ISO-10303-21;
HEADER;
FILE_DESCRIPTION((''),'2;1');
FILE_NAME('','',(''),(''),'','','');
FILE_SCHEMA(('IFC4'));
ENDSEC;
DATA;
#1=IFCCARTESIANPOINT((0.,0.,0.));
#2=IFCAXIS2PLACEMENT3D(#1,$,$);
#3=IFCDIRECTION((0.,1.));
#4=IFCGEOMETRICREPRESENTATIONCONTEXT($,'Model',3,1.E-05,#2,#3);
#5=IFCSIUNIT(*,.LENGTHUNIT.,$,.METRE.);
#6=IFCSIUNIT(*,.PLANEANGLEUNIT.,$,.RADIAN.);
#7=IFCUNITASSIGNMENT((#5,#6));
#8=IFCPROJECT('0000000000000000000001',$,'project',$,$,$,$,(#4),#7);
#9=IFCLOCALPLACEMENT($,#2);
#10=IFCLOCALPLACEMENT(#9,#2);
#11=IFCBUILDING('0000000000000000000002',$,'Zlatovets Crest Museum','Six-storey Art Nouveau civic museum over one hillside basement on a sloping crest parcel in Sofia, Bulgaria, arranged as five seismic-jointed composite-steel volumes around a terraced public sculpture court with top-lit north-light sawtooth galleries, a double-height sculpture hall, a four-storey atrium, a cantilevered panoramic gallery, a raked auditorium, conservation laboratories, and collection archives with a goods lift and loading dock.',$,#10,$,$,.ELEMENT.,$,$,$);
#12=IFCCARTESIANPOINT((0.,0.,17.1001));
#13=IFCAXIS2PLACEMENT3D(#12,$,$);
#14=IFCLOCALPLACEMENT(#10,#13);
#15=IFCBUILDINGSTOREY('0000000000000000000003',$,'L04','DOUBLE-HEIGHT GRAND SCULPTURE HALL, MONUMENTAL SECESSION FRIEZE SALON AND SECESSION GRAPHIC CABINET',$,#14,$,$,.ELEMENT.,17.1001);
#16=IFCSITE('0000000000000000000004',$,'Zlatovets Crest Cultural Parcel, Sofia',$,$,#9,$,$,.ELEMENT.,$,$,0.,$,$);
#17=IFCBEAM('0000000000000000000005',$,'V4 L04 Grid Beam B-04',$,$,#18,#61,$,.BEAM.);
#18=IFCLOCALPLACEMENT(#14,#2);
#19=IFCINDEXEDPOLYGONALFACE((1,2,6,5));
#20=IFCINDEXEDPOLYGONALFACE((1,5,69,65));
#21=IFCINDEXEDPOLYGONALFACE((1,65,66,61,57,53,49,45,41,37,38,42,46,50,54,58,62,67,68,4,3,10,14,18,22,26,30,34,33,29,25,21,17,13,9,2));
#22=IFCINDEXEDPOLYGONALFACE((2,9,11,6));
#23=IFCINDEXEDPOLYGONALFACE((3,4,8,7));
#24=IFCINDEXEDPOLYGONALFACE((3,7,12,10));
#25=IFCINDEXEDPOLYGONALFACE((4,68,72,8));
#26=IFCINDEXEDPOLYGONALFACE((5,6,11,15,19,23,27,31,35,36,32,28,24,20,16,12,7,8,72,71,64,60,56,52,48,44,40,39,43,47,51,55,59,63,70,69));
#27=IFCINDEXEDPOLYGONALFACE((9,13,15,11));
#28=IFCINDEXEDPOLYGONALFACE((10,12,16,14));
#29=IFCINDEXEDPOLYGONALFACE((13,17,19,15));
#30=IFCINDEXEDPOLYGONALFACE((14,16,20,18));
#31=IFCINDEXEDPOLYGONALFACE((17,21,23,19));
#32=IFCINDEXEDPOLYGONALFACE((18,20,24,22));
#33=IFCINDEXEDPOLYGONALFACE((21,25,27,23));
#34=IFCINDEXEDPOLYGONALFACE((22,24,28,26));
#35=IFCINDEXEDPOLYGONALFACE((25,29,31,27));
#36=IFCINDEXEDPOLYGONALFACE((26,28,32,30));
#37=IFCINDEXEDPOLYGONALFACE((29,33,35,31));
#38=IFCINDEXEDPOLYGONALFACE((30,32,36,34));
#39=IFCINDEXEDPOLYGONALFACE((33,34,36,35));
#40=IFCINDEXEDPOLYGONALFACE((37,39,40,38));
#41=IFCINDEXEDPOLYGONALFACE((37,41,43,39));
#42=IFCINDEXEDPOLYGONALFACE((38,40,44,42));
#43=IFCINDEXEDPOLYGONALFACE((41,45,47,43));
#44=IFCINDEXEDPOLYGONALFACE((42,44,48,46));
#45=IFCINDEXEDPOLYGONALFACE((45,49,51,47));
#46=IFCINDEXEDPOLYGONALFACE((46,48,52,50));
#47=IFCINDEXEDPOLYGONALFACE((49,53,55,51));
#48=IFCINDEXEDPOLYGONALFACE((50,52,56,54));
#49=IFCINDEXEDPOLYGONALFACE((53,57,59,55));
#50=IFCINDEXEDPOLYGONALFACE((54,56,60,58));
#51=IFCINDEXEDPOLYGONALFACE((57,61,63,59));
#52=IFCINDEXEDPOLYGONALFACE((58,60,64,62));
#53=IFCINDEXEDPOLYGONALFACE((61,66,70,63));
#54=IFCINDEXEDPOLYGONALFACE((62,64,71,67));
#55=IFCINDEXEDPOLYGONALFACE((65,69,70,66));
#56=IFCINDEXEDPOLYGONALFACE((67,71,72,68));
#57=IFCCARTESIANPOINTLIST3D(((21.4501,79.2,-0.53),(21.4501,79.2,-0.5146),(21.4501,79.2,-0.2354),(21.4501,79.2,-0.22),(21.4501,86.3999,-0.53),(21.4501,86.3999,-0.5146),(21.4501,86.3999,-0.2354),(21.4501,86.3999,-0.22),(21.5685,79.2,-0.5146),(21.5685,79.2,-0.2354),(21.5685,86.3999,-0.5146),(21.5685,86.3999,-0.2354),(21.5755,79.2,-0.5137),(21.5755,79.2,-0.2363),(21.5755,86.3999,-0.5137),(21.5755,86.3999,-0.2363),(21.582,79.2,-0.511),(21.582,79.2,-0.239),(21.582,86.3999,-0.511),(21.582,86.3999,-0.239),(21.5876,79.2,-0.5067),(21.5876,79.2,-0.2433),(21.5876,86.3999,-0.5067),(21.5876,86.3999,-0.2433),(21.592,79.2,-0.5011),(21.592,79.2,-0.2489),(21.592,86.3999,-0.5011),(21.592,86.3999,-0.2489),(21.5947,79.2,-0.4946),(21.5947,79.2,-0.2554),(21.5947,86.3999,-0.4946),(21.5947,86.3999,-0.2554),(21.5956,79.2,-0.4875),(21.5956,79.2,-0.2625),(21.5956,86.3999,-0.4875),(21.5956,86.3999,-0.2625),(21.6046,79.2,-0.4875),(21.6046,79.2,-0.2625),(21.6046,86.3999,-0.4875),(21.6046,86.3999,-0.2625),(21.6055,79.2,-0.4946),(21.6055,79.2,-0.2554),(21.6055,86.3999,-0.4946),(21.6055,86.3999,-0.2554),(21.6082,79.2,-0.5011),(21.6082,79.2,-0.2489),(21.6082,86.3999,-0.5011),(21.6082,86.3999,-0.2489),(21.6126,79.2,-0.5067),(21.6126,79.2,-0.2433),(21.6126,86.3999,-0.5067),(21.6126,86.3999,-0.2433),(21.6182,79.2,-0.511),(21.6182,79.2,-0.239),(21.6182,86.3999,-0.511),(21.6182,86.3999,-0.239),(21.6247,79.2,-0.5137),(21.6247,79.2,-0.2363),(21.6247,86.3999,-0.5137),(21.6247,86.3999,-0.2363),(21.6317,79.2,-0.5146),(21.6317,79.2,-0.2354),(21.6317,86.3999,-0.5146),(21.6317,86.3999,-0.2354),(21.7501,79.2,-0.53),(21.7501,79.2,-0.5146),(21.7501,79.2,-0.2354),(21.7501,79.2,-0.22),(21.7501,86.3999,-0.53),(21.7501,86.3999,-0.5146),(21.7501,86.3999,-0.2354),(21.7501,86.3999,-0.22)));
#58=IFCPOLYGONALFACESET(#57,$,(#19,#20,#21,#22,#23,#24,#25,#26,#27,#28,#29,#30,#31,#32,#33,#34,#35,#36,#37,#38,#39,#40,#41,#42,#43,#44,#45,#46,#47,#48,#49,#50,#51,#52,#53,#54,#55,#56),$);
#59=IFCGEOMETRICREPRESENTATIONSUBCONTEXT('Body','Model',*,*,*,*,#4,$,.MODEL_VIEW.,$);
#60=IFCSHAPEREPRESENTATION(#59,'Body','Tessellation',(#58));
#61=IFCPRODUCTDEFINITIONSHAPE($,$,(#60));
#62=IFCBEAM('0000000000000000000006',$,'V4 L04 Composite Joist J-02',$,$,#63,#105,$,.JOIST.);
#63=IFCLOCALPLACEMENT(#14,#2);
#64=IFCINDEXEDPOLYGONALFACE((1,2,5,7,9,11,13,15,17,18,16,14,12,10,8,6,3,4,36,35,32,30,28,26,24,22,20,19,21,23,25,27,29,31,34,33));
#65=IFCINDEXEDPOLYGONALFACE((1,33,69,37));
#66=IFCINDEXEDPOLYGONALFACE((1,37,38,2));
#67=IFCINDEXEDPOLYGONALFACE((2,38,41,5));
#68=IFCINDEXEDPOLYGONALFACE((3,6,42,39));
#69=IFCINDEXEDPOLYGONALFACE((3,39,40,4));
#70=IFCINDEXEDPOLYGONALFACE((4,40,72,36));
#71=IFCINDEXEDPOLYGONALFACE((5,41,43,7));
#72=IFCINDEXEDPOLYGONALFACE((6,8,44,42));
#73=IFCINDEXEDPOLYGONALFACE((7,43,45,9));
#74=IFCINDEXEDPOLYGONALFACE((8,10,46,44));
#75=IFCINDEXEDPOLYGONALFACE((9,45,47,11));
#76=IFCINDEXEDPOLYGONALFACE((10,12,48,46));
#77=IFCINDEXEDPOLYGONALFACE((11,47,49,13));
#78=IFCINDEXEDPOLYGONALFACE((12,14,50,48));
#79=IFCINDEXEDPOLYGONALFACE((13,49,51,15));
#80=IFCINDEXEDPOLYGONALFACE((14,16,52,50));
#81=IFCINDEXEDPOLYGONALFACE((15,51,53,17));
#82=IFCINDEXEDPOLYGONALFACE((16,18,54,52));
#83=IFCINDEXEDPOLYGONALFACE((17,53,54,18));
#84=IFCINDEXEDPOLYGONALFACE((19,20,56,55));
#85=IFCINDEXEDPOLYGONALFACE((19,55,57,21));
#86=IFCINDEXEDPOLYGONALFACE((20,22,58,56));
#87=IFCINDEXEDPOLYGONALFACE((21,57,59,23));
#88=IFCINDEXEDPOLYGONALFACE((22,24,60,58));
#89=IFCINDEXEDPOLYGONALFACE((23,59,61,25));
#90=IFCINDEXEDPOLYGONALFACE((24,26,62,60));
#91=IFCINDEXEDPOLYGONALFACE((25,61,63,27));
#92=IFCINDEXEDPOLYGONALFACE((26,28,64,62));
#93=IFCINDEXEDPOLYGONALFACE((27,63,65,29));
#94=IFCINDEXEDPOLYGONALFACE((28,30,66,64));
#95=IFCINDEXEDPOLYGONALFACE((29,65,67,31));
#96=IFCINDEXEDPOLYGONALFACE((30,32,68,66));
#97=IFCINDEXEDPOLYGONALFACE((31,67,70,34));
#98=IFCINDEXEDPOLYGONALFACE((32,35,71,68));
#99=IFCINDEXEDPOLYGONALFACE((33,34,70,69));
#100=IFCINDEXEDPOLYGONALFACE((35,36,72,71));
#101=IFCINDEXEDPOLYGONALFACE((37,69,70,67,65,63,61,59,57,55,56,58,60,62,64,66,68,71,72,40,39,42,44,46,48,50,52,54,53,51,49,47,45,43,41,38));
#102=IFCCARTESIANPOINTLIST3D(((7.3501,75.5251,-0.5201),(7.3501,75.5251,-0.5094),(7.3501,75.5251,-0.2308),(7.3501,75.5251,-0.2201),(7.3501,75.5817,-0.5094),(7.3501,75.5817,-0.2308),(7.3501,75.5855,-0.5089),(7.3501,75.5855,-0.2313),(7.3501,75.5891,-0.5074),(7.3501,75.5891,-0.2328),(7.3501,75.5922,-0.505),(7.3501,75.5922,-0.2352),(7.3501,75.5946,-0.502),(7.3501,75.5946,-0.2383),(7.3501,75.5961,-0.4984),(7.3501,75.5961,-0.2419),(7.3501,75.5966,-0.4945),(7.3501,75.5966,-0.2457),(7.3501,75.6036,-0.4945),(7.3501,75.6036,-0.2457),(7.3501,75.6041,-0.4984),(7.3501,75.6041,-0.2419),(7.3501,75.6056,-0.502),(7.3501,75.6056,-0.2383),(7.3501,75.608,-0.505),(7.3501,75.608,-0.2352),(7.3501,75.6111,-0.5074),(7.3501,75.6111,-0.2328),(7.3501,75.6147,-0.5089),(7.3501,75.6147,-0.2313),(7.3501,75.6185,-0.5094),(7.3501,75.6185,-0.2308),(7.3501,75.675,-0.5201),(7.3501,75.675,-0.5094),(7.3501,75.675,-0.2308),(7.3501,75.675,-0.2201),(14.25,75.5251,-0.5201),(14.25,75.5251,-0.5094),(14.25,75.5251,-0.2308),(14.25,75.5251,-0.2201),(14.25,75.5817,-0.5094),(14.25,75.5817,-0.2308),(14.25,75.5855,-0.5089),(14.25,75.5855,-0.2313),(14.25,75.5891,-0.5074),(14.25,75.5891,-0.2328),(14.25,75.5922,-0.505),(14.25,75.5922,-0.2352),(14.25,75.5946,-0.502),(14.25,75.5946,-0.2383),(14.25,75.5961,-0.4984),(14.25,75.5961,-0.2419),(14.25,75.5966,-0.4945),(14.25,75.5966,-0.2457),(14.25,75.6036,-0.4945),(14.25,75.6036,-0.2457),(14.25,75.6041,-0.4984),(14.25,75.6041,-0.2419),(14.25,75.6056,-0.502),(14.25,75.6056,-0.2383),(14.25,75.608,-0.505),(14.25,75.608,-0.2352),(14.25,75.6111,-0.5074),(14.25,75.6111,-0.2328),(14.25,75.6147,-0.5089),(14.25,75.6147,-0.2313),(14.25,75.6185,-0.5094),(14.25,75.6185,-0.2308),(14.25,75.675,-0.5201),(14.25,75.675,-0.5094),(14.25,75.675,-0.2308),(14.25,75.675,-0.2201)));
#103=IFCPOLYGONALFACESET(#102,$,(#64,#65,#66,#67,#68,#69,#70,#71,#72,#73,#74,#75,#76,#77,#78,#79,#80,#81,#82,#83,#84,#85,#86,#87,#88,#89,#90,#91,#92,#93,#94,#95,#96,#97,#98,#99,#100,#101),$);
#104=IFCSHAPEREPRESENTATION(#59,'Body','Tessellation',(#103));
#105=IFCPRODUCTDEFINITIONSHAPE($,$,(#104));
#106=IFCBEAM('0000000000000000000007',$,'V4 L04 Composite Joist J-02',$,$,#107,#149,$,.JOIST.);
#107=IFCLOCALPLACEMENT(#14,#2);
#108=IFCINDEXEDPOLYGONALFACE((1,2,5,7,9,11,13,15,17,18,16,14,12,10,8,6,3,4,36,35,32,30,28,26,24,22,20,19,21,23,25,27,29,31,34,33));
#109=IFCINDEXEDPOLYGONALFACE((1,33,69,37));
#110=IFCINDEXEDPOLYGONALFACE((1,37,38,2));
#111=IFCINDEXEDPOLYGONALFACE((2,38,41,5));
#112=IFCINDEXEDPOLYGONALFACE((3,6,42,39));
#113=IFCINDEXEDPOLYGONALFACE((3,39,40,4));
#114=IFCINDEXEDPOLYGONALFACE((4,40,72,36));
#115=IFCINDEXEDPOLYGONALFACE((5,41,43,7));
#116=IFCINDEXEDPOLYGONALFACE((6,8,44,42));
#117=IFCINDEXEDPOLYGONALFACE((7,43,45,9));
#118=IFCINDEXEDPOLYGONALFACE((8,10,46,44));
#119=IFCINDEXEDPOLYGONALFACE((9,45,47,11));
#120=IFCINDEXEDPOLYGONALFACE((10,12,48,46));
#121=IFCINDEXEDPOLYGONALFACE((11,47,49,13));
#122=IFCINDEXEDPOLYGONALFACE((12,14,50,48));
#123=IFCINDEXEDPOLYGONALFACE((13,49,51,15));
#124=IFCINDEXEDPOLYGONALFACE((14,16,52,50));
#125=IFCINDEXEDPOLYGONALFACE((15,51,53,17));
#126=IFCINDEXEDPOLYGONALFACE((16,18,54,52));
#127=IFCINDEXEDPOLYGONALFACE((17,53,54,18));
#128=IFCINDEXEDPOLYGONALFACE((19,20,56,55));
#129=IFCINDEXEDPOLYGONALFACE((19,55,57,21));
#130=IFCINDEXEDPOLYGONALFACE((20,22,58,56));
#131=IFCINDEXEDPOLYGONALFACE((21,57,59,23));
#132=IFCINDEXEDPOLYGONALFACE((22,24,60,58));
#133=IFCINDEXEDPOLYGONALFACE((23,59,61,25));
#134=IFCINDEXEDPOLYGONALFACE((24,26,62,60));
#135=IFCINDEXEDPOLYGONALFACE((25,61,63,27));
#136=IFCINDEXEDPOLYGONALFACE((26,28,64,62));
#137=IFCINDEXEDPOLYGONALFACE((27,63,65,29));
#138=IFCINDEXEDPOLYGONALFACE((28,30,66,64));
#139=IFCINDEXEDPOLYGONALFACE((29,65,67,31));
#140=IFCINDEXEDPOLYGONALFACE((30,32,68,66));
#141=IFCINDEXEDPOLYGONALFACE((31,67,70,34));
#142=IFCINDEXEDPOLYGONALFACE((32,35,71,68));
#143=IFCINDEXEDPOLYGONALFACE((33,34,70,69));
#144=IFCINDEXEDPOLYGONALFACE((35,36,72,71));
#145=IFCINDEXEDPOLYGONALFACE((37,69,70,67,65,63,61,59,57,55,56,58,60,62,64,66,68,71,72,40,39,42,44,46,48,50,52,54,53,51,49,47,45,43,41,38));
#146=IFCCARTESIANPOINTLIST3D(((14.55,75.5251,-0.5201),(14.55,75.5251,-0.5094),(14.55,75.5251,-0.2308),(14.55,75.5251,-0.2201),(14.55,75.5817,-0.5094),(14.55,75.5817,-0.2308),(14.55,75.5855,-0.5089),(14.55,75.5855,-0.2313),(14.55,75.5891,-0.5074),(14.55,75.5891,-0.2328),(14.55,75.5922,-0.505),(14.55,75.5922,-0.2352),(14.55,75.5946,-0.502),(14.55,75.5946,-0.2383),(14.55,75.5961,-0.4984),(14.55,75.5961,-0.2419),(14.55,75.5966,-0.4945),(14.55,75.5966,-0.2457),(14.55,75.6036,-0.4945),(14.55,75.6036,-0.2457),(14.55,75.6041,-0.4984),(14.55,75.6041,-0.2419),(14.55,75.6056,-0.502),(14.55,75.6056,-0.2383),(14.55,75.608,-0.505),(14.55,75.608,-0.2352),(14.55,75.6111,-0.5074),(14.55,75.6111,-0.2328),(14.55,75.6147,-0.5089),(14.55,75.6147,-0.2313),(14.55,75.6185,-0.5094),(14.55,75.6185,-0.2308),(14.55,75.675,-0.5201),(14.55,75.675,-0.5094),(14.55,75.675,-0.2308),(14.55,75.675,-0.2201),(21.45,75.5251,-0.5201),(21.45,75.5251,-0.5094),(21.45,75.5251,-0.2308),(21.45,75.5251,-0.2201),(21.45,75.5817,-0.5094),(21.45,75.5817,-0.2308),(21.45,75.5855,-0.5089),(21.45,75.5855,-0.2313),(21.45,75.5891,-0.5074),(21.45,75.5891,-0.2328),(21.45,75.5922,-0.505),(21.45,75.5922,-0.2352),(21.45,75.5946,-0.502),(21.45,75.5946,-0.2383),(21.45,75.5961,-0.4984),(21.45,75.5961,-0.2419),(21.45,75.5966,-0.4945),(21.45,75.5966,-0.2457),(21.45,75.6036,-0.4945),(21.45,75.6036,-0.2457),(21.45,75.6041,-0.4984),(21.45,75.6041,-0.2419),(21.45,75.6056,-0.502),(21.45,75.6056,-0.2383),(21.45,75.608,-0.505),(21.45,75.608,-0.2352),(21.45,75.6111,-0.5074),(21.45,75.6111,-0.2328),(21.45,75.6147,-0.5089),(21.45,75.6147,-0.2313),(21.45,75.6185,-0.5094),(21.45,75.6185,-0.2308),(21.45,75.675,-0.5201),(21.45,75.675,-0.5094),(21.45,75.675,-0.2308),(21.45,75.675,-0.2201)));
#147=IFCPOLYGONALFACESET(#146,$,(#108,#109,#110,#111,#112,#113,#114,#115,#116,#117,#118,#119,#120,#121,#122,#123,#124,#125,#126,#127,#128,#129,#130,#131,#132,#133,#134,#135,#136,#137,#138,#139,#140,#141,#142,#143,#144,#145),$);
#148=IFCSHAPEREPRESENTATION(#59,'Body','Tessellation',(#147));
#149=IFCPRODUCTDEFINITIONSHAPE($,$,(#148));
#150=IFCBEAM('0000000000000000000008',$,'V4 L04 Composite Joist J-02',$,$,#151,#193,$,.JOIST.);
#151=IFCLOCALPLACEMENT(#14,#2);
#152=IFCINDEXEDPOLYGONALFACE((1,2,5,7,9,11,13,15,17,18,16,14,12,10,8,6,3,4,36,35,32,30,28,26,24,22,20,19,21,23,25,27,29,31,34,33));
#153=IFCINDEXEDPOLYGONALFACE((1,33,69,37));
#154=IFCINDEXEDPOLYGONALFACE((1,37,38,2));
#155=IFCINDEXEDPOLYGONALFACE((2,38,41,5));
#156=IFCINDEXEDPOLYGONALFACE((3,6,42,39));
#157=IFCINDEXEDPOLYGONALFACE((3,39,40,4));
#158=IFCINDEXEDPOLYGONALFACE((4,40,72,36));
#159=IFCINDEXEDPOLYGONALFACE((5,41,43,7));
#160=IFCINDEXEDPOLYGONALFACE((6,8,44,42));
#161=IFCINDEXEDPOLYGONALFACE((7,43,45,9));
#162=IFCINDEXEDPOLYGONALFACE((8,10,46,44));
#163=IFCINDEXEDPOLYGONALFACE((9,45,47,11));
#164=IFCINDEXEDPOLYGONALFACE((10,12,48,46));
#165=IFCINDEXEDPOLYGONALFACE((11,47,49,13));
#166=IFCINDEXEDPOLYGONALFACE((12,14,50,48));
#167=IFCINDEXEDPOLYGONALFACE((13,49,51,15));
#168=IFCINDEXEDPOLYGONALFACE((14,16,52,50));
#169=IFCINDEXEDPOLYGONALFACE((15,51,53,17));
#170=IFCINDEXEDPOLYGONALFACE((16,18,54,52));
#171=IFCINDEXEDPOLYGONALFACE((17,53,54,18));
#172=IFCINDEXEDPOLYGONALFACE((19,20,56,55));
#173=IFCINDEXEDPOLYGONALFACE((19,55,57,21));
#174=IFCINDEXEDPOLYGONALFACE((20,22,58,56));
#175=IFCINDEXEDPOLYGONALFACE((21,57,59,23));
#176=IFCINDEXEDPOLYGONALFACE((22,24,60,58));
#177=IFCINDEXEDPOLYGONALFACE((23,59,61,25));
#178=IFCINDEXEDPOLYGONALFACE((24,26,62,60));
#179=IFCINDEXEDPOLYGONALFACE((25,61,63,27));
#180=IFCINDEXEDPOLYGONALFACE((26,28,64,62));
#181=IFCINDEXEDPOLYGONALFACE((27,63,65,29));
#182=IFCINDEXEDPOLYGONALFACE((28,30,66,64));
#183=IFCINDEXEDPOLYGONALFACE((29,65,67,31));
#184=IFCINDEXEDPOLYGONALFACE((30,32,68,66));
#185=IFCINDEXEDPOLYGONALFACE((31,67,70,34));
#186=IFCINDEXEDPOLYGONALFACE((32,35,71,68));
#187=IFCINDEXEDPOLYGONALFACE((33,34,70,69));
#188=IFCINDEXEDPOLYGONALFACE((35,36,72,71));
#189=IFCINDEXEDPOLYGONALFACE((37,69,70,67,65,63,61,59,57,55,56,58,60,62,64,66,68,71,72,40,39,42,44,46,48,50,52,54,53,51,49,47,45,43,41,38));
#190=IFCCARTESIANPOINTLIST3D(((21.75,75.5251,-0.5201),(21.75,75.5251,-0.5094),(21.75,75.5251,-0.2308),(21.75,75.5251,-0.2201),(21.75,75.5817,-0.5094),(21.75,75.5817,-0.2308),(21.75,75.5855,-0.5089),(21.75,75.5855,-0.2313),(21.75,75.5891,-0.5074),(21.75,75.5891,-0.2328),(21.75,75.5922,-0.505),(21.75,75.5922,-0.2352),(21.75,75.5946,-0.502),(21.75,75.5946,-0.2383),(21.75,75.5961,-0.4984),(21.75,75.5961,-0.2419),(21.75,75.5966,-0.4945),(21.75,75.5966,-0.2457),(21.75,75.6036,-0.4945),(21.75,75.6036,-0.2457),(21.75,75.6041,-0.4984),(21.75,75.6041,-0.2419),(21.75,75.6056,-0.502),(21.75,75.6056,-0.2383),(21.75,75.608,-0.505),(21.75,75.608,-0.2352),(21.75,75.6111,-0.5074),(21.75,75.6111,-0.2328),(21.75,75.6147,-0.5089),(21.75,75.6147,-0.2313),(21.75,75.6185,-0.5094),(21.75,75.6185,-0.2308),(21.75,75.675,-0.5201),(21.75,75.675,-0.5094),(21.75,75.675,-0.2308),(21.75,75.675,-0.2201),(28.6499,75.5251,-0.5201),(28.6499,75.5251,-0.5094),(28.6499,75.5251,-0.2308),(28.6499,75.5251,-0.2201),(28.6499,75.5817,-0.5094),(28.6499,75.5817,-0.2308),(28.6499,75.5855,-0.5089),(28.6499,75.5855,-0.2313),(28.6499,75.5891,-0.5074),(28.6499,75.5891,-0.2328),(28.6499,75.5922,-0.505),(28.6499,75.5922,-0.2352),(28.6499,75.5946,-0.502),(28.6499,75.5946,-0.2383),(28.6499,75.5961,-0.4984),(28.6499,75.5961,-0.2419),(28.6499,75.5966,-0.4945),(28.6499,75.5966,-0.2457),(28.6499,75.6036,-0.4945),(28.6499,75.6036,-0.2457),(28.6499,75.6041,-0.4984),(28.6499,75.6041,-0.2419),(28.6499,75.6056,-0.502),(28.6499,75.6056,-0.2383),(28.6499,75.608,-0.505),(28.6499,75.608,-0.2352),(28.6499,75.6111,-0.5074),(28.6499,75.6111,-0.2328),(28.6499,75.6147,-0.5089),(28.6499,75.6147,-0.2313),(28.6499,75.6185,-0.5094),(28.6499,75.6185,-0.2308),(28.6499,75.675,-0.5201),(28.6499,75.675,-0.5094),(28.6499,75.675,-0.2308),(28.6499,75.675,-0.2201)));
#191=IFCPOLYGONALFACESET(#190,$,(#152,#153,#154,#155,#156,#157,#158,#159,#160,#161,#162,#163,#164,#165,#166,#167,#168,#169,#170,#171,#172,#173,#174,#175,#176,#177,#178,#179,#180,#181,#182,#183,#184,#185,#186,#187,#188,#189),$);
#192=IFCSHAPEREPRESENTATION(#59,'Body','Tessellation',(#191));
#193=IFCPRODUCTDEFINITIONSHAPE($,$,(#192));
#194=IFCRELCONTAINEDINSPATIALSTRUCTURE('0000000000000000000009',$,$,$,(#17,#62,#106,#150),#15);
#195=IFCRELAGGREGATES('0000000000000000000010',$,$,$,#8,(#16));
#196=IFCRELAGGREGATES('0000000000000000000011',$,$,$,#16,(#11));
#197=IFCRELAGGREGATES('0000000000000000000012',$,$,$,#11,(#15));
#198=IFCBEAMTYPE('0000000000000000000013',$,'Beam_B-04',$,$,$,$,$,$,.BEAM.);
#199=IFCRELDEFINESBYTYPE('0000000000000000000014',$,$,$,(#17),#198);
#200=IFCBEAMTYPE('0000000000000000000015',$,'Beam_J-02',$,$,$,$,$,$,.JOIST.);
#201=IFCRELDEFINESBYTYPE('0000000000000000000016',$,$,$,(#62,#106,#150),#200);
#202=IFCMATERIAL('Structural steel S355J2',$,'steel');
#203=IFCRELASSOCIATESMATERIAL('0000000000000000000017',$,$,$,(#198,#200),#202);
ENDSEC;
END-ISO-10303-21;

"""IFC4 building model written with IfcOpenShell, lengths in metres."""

from ifc_helpers import new_model, si_unit, direction, frame, origin, origin_2d, place, context, subcontext, project, spatial, i_section, extrude, material, material_profile, profile_set, type_object, element, save


model = new_model("IFC4")

# Units and contexts
model_context = context("Model", 3, precision=1e-05, world=origin(), true_north=direction((0.0, 1.0)))
body_context = subcontext(model_context, "Body", "Model", "MODEL_VIEW")
ifc_project = project(units=[si_unit("LENGTHUNIT", "METRE"), si_unit("PLANEANGLEUNIT", "RADIAN")], contexts=[model_context])

# Site, building, storey
site_placement = place(None, origin())
site = spatial("IfcSite", under=ifc_project, at=site_placement, Name="Zlatovets Crest Cultural Parcel, Sofia", CompositionType="ELEMENT", RefElevation=0.0)
building_placement = place(site_placement, origin())
building = spatial("IfcBuilding", under=site, at=building_placement, Name="Zlatovets Crest Museum", Description="Six-storey Art Nouveau civic museum over one hillside basement on a sloping crest parcel in Sofia, Bulgaria, arranged as five seismic-jointed composite-steel volumes around a terraced public sculpture court with top-lit north-light sawtooth galleries, a double-height sculpture hall, a four-storey atrium, a cantilevered panoramic gallery, a raked auditorium, conservation laboratories, and collection archives with a goods lift and loading dock.", CompositionType="ELEMENT")
storey_placement = place(building_placement, frame((0.0, 0.0, 17.1001)))
storey = spatial("IfcBuildingStorey", under=building, at=storey_placement, Name="L04", Description="DOUBLE-HEIGHT GRAND SCULPTURE HALL, MONUMENTAL SECESSION FRIEZE SALON AND SECESSION GRAPHIC CABINET", CompositionType="ELEMENT", Elevation=17.1001)

# Beams
ifc_material_1 = material(Name="Structural steel S355J2", Category="steel")
ifc_material_profile_1 = material_profile(ifc_material_1, i_section(OverallWidth=0.3, OverallDepth=0.3101, WebThickness=0.009, FlangeThickness=0.0154, FilletRadius=0.0271, at=origin_2d()), Name="HEA 320")
ifc_profile_set_1 = profile_set([ifc_material_profile_1], Name="Structural steel S355J2")
beam_type_1 = type_object("IfcBeamType", Name="Beam_B-04", PredefinedType="BEAM", material=ifc_profile_set_1)
for number, where, z_axis, x_axis, name in (
    (1, (21.6001, 79.2, -0.375), (0.0, 1.0, 0.0), (-1.0, 0.0, 0.0), "V4 L04 Grid Beam B-04"),
):
    element("IfcBeam", number, at=place(storey_placement, frame(where, z_axis=z_axis, x_axis=x_axis)), inside=storey, type_object=beam_type_1, Name=name, PredefinedType="BEAM", context=body_context, shape_type="SweptSolid", body=[
        extrude(i_section(OverallWidth=0.3, OverallDepth=0.3101, WebThickness=0.009, FlangeThickness=0.0154, FilletRadius=0.0271, at=origin_2d()), origin(), (0.0, 0.0, 1.0), 7.2),
    ])
ifc_material_profile_2 = material_profile(ifc_material_1, i_section(OverallWidth=0.1499, OverallDepth=0.3, WebThickness=0.0071, FlangeThickness=0.0107, FilletRadius=0.0149, at=origin_2d()), Name="IPE 300")
ifc_profile_set_2 = profile_set([ifc_material_profile_2], Name="Structural steel S355J2")
beam_type_2 = type_object("IfcBeamType", Name="Beam_J-02", PredefinedType="JOIST", material=ifc_profile_set_2)
for number, where, z_axis, x_axis, name in (
    (2, (7.3501, 75.6001, -0.3701), (1.0, 0.0, 0.0), (0.0, 1.0, 0.0), "V4 L04 Composite Joist J-02"),
    (3, (14.55, 75.6001, -0.3701), (1.0, 0.0, 0.0), (0.0, 1.0, 0.0), "V4 L04 Composite Joist J-02"),
    (4, (21.75, 75.6001, -0.3701), (1.0, 0.0, 0.0), (0.0, 1.0, 0.0), "V4 L04 Composite Joist J-02"),
):
    element("IfcBeam", number, at=place(storey_placement, frame(where, z_axis=z_axis, x_axis=x_axis)), inside=storey, type_object=beam_type_2, Name=name, PredefinedType="JOIST", context=body_context, shape_type="SweptSolid", body=[
        extrude(i_section(OverallWidth=0.1499, OverallDepth=0.3, WebThickness=0.0071, FlangeThickness=0.0107, FilletRadius=0.0149, at=origin_2d()), origin(), (0.0, 0.0, 1.0), 6.8999),
    ])

save(model, "model.ifc")
